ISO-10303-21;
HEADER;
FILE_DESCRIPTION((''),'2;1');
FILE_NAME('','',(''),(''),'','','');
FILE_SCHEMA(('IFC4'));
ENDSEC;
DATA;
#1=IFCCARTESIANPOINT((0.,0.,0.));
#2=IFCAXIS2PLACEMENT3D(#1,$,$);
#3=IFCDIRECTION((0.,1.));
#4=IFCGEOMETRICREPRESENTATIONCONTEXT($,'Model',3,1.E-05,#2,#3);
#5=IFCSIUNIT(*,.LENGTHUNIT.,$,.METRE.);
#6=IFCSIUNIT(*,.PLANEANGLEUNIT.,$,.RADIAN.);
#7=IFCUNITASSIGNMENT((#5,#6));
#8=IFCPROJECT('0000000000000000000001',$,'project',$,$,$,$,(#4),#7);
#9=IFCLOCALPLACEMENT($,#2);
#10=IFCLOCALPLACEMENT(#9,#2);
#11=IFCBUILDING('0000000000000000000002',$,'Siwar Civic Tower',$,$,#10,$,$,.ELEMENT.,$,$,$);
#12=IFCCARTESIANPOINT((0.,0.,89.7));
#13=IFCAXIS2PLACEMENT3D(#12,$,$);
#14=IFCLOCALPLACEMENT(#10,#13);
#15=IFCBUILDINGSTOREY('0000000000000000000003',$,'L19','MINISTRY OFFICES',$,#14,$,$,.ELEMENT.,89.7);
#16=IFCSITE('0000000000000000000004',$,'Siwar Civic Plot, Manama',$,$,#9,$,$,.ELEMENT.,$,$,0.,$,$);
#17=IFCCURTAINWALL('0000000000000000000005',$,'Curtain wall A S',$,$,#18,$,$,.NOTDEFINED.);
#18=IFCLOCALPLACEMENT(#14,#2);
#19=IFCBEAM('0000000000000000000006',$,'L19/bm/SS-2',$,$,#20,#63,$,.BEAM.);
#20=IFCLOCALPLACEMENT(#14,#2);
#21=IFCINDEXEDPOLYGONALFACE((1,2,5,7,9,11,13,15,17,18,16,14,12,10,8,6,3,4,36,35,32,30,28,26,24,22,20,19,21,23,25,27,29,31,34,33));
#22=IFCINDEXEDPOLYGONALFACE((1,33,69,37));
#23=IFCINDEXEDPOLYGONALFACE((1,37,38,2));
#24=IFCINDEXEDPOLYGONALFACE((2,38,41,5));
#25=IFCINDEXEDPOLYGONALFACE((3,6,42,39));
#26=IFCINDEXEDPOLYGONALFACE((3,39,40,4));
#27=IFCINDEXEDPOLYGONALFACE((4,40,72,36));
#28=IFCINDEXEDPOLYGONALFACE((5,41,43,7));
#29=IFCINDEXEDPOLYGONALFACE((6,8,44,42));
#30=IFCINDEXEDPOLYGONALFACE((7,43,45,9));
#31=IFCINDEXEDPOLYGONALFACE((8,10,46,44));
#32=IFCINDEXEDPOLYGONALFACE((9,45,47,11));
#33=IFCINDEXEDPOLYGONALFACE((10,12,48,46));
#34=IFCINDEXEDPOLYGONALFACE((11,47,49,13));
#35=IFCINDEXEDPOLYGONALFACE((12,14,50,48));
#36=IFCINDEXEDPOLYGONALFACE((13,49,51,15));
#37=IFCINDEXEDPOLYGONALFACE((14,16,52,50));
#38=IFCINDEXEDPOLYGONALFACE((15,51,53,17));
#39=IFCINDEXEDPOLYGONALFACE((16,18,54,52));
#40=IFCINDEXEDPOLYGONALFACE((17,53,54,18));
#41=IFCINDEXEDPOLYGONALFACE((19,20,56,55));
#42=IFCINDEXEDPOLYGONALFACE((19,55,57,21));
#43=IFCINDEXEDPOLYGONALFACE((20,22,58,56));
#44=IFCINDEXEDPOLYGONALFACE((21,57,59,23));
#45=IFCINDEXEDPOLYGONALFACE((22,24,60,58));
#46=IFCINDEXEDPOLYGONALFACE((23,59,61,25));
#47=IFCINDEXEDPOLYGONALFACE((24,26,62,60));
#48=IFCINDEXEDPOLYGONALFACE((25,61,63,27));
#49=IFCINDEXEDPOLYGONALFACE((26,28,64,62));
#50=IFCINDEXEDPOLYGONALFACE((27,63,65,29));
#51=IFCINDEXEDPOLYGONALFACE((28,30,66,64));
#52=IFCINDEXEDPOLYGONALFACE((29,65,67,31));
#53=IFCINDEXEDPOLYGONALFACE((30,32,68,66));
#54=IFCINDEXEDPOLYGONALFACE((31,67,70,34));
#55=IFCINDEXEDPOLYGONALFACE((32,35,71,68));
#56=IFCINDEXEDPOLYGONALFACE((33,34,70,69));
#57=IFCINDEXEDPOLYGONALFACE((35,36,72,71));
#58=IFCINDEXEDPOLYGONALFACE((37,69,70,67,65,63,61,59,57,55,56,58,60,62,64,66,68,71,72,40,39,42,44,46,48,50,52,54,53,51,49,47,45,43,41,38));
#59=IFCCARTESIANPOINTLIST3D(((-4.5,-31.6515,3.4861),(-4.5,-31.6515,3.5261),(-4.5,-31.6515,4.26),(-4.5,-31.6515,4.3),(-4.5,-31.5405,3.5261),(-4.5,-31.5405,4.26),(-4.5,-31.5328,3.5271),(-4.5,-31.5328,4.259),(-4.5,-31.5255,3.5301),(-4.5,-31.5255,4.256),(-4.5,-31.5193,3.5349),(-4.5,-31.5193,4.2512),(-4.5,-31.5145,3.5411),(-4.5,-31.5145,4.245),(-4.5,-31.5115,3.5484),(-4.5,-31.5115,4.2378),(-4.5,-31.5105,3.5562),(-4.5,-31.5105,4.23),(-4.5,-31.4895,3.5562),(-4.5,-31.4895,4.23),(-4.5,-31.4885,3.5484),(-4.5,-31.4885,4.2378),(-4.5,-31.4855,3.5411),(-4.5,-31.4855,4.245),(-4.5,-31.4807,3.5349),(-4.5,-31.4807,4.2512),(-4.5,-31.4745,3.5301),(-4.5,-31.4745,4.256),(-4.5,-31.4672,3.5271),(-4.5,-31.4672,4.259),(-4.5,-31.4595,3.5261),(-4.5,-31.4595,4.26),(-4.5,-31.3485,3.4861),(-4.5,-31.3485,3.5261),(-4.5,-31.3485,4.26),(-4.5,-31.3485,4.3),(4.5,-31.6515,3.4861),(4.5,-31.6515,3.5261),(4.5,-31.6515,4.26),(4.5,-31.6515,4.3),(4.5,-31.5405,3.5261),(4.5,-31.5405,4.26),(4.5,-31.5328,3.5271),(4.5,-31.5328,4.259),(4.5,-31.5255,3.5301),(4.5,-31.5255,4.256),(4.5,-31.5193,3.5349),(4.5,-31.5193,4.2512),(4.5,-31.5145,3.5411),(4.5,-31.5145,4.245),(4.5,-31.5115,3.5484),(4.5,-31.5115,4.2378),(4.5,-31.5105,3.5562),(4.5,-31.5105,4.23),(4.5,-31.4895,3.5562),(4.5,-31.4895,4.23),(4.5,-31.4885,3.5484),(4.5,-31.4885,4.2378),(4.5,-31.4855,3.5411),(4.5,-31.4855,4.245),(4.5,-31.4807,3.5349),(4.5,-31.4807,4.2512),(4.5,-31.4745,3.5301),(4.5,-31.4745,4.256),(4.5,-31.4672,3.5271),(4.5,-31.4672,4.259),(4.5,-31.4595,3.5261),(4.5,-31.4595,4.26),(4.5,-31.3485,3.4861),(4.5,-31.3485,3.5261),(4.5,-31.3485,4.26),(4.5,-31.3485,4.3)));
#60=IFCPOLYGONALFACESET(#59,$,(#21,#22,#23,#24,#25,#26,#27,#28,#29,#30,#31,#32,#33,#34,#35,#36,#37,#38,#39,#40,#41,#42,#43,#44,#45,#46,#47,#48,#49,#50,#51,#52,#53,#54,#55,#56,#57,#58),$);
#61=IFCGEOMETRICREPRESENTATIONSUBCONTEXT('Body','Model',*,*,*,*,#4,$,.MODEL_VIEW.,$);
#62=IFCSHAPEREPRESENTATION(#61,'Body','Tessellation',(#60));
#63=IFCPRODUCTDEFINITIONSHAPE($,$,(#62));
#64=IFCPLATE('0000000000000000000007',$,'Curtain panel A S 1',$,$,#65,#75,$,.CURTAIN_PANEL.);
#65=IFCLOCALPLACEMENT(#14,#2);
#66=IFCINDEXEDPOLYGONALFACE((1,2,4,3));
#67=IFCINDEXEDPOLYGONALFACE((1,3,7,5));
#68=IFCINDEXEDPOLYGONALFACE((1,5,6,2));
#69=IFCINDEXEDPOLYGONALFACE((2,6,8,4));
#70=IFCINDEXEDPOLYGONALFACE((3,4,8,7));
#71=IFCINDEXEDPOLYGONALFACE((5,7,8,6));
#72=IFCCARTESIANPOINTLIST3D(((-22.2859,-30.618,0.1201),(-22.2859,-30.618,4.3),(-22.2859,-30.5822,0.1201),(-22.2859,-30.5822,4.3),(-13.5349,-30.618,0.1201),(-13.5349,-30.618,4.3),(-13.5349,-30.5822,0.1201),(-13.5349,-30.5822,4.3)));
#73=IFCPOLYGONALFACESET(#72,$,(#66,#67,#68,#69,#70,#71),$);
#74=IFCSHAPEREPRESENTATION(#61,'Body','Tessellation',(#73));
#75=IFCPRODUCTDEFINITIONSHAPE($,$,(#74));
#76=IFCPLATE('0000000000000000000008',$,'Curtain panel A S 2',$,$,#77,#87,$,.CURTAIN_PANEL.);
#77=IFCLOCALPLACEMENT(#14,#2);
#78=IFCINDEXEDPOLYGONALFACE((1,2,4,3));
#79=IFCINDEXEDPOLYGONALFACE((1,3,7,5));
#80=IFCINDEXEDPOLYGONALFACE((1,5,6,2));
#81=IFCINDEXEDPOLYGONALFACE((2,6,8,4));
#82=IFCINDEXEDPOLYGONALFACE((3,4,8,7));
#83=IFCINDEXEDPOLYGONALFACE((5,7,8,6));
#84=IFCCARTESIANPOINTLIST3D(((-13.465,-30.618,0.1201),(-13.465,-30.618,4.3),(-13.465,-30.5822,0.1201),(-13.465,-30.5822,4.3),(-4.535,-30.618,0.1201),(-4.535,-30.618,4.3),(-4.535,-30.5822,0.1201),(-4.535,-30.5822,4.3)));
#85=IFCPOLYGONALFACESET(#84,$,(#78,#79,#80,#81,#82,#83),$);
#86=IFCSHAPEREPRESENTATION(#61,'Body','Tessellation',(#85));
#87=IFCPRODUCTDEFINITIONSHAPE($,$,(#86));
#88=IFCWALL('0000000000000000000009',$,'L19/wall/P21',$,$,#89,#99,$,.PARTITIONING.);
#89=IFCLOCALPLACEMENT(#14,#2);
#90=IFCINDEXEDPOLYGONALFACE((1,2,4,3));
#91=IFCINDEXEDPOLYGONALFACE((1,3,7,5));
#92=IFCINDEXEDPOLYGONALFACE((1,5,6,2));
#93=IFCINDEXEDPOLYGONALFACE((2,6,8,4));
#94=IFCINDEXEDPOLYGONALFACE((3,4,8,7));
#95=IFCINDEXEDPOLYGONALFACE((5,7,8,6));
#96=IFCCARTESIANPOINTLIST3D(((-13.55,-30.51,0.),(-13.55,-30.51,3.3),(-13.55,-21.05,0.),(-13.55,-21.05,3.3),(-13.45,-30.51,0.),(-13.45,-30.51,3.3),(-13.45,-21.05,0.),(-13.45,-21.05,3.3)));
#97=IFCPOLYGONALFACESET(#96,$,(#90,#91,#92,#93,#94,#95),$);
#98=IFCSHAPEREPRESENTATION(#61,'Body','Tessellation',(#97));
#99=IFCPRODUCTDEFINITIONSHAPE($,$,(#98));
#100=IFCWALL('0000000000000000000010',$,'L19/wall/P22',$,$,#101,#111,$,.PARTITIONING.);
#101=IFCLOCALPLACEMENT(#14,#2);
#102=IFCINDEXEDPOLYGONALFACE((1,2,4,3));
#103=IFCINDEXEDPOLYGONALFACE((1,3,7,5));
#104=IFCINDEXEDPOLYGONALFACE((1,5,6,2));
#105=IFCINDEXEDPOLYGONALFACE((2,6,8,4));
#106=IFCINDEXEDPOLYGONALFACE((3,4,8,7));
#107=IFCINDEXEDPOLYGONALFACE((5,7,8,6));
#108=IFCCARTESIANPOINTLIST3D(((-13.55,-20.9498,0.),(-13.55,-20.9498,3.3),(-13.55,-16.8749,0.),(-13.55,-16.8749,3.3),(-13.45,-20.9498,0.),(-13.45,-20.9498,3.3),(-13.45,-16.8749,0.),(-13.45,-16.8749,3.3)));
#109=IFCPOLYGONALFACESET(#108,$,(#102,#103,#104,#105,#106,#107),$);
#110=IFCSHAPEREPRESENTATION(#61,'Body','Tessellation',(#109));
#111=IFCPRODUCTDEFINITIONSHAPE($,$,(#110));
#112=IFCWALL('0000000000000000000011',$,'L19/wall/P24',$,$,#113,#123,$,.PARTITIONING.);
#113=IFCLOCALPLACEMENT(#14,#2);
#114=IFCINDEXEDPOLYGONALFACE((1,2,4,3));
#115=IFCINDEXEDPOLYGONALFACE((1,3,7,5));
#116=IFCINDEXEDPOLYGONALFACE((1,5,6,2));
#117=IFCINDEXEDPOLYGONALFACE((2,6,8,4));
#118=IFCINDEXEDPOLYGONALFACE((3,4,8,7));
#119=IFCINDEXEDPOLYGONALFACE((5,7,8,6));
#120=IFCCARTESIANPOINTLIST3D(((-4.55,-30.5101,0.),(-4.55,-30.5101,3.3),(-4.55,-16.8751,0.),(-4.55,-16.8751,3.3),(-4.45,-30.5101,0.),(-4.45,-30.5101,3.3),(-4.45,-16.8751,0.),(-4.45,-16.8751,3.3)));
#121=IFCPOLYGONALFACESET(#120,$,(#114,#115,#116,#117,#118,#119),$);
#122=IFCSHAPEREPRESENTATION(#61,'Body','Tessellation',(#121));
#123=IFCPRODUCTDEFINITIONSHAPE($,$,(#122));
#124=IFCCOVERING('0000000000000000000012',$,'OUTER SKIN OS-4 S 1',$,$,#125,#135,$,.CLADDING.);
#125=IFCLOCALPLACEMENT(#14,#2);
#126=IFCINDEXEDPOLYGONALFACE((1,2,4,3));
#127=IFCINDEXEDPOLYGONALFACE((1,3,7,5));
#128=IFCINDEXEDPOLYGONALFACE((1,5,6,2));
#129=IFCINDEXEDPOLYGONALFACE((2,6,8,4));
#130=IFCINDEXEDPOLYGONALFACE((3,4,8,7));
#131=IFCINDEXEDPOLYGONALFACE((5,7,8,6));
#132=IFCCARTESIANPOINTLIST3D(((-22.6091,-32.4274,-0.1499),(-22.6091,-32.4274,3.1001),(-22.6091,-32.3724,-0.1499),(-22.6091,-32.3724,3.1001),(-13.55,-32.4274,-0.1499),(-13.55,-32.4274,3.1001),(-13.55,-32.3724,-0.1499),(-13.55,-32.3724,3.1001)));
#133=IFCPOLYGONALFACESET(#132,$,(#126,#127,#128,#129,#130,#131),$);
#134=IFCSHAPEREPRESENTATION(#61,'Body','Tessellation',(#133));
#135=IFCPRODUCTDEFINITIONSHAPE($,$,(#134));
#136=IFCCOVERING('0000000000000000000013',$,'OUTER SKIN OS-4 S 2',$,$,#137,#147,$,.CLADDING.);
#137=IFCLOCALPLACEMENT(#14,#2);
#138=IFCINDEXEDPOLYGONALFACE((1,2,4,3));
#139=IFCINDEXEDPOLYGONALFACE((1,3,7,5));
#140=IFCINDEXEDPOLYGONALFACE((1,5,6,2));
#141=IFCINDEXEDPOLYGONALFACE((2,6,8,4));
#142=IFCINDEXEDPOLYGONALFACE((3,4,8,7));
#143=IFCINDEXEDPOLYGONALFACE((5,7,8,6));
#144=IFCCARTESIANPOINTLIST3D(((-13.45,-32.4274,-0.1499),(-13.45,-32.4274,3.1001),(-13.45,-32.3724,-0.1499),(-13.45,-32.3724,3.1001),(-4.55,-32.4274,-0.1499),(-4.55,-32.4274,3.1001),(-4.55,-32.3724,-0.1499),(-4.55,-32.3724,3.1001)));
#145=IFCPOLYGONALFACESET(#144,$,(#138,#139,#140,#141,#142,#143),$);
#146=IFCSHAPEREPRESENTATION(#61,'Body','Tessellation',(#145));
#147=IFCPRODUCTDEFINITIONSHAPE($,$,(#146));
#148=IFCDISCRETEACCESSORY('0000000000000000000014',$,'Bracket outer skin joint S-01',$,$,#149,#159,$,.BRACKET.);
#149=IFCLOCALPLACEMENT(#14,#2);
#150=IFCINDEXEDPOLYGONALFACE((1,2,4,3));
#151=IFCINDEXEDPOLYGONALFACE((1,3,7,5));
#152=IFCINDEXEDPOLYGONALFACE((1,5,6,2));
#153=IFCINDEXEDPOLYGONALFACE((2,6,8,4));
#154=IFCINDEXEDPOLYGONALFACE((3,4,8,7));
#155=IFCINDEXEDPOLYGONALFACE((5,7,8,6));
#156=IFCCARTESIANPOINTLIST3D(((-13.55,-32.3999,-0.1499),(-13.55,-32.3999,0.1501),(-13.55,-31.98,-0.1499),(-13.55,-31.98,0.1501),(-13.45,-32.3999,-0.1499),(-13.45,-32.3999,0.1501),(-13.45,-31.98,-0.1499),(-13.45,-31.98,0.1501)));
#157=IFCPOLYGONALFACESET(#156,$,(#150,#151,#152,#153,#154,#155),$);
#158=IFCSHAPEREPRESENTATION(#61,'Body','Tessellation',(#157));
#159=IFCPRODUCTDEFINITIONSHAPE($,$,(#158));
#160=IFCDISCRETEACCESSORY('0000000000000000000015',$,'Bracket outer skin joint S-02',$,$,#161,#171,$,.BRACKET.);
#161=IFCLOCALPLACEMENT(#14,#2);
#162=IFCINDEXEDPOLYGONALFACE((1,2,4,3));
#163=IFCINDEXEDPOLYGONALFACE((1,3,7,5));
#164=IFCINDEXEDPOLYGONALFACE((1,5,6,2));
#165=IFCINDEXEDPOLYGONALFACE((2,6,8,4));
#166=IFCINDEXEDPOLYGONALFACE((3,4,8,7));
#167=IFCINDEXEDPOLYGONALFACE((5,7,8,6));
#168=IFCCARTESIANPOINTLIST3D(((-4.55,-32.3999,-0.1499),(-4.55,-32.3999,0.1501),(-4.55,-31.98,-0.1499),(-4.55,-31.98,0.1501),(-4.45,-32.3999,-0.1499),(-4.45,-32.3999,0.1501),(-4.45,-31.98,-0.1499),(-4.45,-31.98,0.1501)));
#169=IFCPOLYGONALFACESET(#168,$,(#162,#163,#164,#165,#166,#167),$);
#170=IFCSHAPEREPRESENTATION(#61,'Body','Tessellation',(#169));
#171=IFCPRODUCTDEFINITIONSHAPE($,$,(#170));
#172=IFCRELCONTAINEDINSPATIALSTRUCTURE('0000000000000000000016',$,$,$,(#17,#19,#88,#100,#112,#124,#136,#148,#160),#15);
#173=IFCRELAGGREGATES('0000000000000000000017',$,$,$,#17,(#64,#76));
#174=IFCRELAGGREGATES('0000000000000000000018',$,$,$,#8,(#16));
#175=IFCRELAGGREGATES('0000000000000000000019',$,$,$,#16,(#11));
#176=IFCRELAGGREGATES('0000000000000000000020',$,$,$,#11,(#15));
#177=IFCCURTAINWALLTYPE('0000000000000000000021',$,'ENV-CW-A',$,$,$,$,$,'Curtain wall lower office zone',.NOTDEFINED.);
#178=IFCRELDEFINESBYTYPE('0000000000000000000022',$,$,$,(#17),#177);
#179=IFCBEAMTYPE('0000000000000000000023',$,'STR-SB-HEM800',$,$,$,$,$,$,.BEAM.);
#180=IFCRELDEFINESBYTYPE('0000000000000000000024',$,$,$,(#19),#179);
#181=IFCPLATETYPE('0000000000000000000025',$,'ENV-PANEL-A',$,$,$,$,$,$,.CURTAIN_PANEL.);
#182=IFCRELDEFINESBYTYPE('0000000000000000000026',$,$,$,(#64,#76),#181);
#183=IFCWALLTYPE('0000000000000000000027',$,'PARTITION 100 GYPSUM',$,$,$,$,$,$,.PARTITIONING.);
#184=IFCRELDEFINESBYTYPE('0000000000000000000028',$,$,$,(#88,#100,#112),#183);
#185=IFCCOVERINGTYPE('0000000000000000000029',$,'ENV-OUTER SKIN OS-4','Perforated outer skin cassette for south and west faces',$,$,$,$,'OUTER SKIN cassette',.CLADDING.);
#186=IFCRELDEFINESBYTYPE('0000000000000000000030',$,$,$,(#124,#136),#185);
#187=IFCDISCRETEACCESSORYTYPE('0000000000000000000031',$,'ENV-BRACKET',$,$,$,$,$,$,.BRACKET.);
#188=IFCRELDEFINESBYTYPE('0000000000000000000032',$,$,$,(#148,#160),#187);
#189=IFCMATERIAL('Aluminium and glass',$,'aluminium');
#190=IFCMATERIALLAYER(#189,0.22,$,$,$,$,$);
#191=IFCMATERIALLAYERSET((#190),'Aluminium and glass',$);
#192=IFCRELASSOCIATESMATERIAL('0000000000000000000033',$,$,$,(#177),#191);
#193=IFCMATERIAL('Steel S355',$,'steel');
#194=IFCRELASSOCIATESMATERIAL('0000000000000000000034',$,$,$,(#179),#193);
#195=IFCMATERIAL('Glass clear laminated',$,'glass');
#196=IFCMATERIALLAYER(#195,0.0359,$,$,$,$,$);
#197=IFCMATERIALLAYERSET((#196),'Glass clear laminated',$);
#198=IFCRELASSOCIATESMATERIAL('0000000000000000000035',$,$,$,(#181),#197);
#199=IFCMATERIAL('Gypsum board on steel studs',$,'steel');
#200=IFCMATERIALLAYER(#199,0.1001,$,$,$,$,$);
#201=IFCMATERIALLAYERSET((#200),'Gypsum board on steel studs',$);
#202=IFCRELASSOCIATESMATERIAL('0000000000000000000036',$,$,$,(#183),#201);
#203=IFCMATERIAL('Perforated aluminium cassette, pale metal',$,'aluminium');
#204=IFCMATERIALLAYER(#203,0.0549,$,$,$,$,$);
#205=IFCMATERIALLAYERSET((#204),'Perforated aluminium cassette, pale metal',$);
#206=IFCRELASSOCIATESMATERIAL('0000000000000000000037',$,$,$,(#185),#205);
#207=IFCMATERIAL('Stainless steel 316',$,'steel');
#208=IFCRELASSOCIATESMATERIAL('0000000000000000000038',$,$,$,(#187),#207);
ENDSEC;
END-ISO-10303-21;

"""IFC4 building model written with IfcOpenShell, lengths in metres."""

from ifc_helpers import new_model, si_unit, direction, frame, frame_2d, origin, origin_2d, place, context, subcontext, project, spatial, rectangle, i_section, extrude, material, layer, layer_set, material_profile, profile_set, type_object, element, aggregate, save


model = new_model("IFC4")

# Units and contexts
model_context = context("Model", 3, precision=1e-05, world=origin(), true_north=direction((0.0, 1.0)))
body_context = subcontext(model_context, "Body", "Model", "MODEL_VIEW")
ifc_project = project(units=[si_unit("LENGTHUNIT", "METRE"), si_unit("PLANEANGLEUNIT", "RADIAN")], contexts=[model_context])

# Site, building, storey
site_placement = place(None, origin())
site = spatial("IfcSite", under=ifc_project, at=site_placement, Name="Siwar Civic Plot, Manama", CompositionType="ELEMENT", RefElevation=0.0)
building_placement = place(site_placement, origin())
building = spatial("IfcBuilding", under=site, at=building_placement, Name="Siwar Civic Tower", CompositionType="ELEMENT")
storey_placement = place(building_placement, frame((0.0, 0.0, 89.7)))
storey = spatial("IfcBuildingStorey", under=building, at=storey_placement, Name="L19", Description="MINISTRY OFFICES", CompositionType="ELEMENT", Elevation=89.7)

# Curtain wall
ifc_material_1 = material(Name="Aluminium and glass", Category="aluminium")
ifc_layer_1 = layer(ifc_material_1, 0.22)
ifc_layer_set_1 = layer_set([ifc_layer_1], Name="Aluminium and glass")
curtain_wall_type = type_object("IfcCurtainWallType", Name="ENV-CW-A", ElementType="Curtain wall lower office zone", PredefinedType="NOTDEFINED", material=ifc_layer_set_1)
curtain_wall_placement = place(storey_placement, origin())
curtain_wall = element("IfcCurtainWall", 1, at=curtain_wall_placement, inside=storey, type_object=curtain_wall_type, Name="Curtain wall A S", PredefinedType="NOTDEFINED")

# Beam
ifc_material_2 = material(Name="Steel S355", Category="steel")
ifc_material_profile_1 = material_profile(ifc_material_2, i_section(OverallWidth=0.303, OverallDepth=0.814, WebThickness=0.021, FlangeThickness=0.04, FilletRadius=0.03, at=origin_2d()), Name="HEM800")
ifc_profile_set_1 = profile_set([ifc_material_profile_1], Name="Steel S355")
beam_type_1 = type_object("IfcBeamType", Name="STR-SB-HEM800", PredefinedType="BEAM", material=ifc_profile_set_1)
for number, where, z_axis, x_axis, name in (
    (2, (-4.5, -31.5, 3.8931), (1.0, 0.0, 0.0), (0.0, 1.0, 0.0), "L19/bm/SS-2"),
):
    element("IfcBeam", number, at=place(storey_placement, frame(where, z_axis=z_axis, x_axis=x_axis)), inside=storey, type_object=beam_type_1, Name=name, PredefinedType="BEAM", context=body_context, shape_type="SweptSolid", body=[
        extrude(i_section(OverallWidth=0.303, OverallDepth=0.814, WebThickness=0.021, FlangeThickness=0.04, FilletRadius=0.03, at=origin_2d()), origin(), (0.0, 0.0, 1.0), 9.0),
    ])

# Plates
ifc_material_3 = material(Name="Glass clear laminated", Category="glass")
ifc_layer_2 = layer(ifc_material_3, 0.0359)
ifc_layer_set_2 = layer_set([ifc_layer_2], Name="Glass clear laminated")
plate_type = type_object("IfcPlateType", Name="ENV-PANEL-A", PredefinedType="CURTAIN_PANEL", material=ifc_layer_set_2)
plate_1_placement = place(storey_placement, frame((-17.9104, -30.6001, 0.1201), z_axis=(0.0, 0.0, 1.0), x_axis=(1.0, 0.0, 0.0)))
plate_1 = element("IfcPlate", 3, at=plate_1_placement, type_object=plate_type, Name="Curtain panel A S 1", PredefinedType="CURTAIN_PANEL", context=body_context, shape_type="SweptSolid", body=[
    extrude(rectangle(XDim=8.751, YDim=0.0359, at=origin_2d()), origin(), (0.0, 0.0, 1.0), 4.1799),
])
plate_2_placement = place(storey_placement, frame((-9.0, -30.6001, 0.1201), z_axis=(0.0, 0.0, 1.0), x_axis=(1.0, 0.0, 0.0)))
plate_2 = element("IfcPlate", 4, at=plate_2_placement, type_object=plate_type, Name="Curtain panel A S 2", PredefinedType="CURTAIN_PANEL", context=body_context, shape_type="SweptSolid", body=[
    extrude(rectangle(XDim=8.9299, YDim=0.0359, at=origin_2d()), origin(), (0.0, 0.0, 1.0), 4.1799),
])
aggregate(curtain_wall, [plate_1, plate_2])

# Walls
ifc_material_4 = material(Name="Gypsum board on steel studs", Category="steel")
ifc_layer_3 = layer(ifc_material_4, 0.1001)
ifc_layer_set_3 = layer_set([ifc_layer_3], Name="Gypsum board on steel studs")
wall_type = type_object("IfcWallType", Name="PARTITION 100 GYPSUM", PredefinedType="PARTITIONING", material=ifc_layer_set_3)
wall_1_placement = place(storey_placement, frame((-13.5, -30.51, 0.0), z_axis=(0.0, 0.0, 1.0), x_axis=(0.0, 1.0, 0.0)))
element("IfcWall", 5, at=wall_1_placement, inside=storey, type_object=wall_type, Name="L19/wall/P21", PredefinedType="PARTITIONING", context=body_context, shape_type="SweptSolid", body=[
    extrude(rectangle(XDim=9.46, YDim=0.1001, at=frame_2d((4.73, 0.0))), origin(), (0.0, 0.0, 1.0), 3.3),
])
wall_2_placement = place(storey_placement, frame((-13.5, -20.95, 0.0), z_axis=(0.0, 0.0, 1.0), x_axis=(0.0, 1.0, 0.0)))
element("IfcWall", 6, at=wall_2_placement, inside=storey, type_object=wall_type, Name="L19/wall/P22", PredefinedType="PARTITIONING", context=body_context, shape_type="SweptSolid", body=[
    extrude(rectangle(XDim=4.075, YDim=0.1001, at=frame_2d((2.0376, 0.0))), origin(), (0.0, 0.0, 1.0), 3.3),
])
wall_3_placement = place(storey_placement, frame((-4.5, -30.51, 0.0), z_axis=(0.0, 0.0, 1.0), x_axis=(0.0, 1.0, 0.0)))
element("IfcWall", 7, at=wall_3_placement, inside=storey, type_object=wall_type, Name="L19/wall/P24", PredefinedType="PARTITIONING", context=body_context, shape_type="SweptSolid", body=[
    extrude(rectangle(XDim=13.635, YDim=0.1001, at=frame_2d((6.8174, 0.0))), origin(), (0.0, 0.0, 1.0), 3.3),
])

# Coverings
ifc_material_5 = material(Name="Perforated aluminium cassette, pale metal", Category="aluminium")
ifc_layer_4 = layer(ifc_material_5, 0.0549)
ifc_layer_set_4 = layer_set([ifc_layer_4], Name="Perforated aluminium cassette, pale metal")
covering_type = type_object("IfcCoveringType", Name="ENV-OUTER SKIN OS-4", Description="Perforated outer skin cassette for south and west faces", ElementType="OUTER SKIN cassette", PredefinedType="CLADDING", material=ifc_layer_set_4)
covering_1_placement = place(storey_placement, frame((-18.0796, -32.3999, -0.1499), z_axis=(0.0, 0.0, 1.0), x_axis=(1.0, 0.0, 0.0)))
element("IfcCovering", 8, at=covering_1_placement, inside=storey, type_object=covering_type, Name="OUTER SKIN OS-4 S 1", PredefinedType="CLADDING", context=body_context, shape_type="SweptSolid", body=[
    extrude(rectangle(XDim=9.0591, YDim=0.0549, at=origin_2d()), origin(), (0.0, 0.0, 1.0), 3.25),
])
covering_2_placement = place(storey_placement, frame((-9.0, -32.3999, -0.1499), z_axis=(0.0, 0.0, 1.0), x_axis=(1.0, 0.0, 0.0)))
element("IfcCovering", 9, at=covering_2_placement, inside=storey, type_object=covering_type, Name="OUTER SKIN OS-4 S 2", PredefinedType="CLADDING", context=body_context, shape_type="SweptSolid", body=[
    extrude(rectangle(XDim=8.8999, YDim=0.0549, at=origin_2d()), origin(), (0.0, 0.0, 1.0), 3.25),
])

# Discrete accessories
ifc_material_6 = material(Name="Stainless steel 316", Category="steel")
discrete_accessory_type = type_object("IfcDiscreteAccessoryType", Name="ENV-BRACKET", PredefinedType="BRACKET", material=ifc_material_6)
for number, where, z_axis, x_axis, name in (
    (10, (-13.5, -32.1899, -0.1499), (0.0, 0.0, 1.0), (0.0, -1.0, 0.0), "Bracket outer skin joint S-01"),
    (11, (-4.5, -32.1899, -0.1499), (0.0, 0.0, 1.0), (0.0, -1.0, 0.0), "Bracket outer skin joint S-02"),
):
    element("IfcDiscreteAccessory", number, at=place(storey_placement, frame(where, z_axis=z_axis, x_axis=x_axis)), inside=storey, type_object=discrete_accessory_type, Name=name, PredefinedType="BRACKET", context=body_context, shape_type="SweptSolid", body=[
        extrude(rectangle(XDim=0.4199, YDim=0.1001, at=origin_2d()), origin(), (0.0, 0.0, 1.0), 0.3),
    ])

save(model, "model.ifc")
